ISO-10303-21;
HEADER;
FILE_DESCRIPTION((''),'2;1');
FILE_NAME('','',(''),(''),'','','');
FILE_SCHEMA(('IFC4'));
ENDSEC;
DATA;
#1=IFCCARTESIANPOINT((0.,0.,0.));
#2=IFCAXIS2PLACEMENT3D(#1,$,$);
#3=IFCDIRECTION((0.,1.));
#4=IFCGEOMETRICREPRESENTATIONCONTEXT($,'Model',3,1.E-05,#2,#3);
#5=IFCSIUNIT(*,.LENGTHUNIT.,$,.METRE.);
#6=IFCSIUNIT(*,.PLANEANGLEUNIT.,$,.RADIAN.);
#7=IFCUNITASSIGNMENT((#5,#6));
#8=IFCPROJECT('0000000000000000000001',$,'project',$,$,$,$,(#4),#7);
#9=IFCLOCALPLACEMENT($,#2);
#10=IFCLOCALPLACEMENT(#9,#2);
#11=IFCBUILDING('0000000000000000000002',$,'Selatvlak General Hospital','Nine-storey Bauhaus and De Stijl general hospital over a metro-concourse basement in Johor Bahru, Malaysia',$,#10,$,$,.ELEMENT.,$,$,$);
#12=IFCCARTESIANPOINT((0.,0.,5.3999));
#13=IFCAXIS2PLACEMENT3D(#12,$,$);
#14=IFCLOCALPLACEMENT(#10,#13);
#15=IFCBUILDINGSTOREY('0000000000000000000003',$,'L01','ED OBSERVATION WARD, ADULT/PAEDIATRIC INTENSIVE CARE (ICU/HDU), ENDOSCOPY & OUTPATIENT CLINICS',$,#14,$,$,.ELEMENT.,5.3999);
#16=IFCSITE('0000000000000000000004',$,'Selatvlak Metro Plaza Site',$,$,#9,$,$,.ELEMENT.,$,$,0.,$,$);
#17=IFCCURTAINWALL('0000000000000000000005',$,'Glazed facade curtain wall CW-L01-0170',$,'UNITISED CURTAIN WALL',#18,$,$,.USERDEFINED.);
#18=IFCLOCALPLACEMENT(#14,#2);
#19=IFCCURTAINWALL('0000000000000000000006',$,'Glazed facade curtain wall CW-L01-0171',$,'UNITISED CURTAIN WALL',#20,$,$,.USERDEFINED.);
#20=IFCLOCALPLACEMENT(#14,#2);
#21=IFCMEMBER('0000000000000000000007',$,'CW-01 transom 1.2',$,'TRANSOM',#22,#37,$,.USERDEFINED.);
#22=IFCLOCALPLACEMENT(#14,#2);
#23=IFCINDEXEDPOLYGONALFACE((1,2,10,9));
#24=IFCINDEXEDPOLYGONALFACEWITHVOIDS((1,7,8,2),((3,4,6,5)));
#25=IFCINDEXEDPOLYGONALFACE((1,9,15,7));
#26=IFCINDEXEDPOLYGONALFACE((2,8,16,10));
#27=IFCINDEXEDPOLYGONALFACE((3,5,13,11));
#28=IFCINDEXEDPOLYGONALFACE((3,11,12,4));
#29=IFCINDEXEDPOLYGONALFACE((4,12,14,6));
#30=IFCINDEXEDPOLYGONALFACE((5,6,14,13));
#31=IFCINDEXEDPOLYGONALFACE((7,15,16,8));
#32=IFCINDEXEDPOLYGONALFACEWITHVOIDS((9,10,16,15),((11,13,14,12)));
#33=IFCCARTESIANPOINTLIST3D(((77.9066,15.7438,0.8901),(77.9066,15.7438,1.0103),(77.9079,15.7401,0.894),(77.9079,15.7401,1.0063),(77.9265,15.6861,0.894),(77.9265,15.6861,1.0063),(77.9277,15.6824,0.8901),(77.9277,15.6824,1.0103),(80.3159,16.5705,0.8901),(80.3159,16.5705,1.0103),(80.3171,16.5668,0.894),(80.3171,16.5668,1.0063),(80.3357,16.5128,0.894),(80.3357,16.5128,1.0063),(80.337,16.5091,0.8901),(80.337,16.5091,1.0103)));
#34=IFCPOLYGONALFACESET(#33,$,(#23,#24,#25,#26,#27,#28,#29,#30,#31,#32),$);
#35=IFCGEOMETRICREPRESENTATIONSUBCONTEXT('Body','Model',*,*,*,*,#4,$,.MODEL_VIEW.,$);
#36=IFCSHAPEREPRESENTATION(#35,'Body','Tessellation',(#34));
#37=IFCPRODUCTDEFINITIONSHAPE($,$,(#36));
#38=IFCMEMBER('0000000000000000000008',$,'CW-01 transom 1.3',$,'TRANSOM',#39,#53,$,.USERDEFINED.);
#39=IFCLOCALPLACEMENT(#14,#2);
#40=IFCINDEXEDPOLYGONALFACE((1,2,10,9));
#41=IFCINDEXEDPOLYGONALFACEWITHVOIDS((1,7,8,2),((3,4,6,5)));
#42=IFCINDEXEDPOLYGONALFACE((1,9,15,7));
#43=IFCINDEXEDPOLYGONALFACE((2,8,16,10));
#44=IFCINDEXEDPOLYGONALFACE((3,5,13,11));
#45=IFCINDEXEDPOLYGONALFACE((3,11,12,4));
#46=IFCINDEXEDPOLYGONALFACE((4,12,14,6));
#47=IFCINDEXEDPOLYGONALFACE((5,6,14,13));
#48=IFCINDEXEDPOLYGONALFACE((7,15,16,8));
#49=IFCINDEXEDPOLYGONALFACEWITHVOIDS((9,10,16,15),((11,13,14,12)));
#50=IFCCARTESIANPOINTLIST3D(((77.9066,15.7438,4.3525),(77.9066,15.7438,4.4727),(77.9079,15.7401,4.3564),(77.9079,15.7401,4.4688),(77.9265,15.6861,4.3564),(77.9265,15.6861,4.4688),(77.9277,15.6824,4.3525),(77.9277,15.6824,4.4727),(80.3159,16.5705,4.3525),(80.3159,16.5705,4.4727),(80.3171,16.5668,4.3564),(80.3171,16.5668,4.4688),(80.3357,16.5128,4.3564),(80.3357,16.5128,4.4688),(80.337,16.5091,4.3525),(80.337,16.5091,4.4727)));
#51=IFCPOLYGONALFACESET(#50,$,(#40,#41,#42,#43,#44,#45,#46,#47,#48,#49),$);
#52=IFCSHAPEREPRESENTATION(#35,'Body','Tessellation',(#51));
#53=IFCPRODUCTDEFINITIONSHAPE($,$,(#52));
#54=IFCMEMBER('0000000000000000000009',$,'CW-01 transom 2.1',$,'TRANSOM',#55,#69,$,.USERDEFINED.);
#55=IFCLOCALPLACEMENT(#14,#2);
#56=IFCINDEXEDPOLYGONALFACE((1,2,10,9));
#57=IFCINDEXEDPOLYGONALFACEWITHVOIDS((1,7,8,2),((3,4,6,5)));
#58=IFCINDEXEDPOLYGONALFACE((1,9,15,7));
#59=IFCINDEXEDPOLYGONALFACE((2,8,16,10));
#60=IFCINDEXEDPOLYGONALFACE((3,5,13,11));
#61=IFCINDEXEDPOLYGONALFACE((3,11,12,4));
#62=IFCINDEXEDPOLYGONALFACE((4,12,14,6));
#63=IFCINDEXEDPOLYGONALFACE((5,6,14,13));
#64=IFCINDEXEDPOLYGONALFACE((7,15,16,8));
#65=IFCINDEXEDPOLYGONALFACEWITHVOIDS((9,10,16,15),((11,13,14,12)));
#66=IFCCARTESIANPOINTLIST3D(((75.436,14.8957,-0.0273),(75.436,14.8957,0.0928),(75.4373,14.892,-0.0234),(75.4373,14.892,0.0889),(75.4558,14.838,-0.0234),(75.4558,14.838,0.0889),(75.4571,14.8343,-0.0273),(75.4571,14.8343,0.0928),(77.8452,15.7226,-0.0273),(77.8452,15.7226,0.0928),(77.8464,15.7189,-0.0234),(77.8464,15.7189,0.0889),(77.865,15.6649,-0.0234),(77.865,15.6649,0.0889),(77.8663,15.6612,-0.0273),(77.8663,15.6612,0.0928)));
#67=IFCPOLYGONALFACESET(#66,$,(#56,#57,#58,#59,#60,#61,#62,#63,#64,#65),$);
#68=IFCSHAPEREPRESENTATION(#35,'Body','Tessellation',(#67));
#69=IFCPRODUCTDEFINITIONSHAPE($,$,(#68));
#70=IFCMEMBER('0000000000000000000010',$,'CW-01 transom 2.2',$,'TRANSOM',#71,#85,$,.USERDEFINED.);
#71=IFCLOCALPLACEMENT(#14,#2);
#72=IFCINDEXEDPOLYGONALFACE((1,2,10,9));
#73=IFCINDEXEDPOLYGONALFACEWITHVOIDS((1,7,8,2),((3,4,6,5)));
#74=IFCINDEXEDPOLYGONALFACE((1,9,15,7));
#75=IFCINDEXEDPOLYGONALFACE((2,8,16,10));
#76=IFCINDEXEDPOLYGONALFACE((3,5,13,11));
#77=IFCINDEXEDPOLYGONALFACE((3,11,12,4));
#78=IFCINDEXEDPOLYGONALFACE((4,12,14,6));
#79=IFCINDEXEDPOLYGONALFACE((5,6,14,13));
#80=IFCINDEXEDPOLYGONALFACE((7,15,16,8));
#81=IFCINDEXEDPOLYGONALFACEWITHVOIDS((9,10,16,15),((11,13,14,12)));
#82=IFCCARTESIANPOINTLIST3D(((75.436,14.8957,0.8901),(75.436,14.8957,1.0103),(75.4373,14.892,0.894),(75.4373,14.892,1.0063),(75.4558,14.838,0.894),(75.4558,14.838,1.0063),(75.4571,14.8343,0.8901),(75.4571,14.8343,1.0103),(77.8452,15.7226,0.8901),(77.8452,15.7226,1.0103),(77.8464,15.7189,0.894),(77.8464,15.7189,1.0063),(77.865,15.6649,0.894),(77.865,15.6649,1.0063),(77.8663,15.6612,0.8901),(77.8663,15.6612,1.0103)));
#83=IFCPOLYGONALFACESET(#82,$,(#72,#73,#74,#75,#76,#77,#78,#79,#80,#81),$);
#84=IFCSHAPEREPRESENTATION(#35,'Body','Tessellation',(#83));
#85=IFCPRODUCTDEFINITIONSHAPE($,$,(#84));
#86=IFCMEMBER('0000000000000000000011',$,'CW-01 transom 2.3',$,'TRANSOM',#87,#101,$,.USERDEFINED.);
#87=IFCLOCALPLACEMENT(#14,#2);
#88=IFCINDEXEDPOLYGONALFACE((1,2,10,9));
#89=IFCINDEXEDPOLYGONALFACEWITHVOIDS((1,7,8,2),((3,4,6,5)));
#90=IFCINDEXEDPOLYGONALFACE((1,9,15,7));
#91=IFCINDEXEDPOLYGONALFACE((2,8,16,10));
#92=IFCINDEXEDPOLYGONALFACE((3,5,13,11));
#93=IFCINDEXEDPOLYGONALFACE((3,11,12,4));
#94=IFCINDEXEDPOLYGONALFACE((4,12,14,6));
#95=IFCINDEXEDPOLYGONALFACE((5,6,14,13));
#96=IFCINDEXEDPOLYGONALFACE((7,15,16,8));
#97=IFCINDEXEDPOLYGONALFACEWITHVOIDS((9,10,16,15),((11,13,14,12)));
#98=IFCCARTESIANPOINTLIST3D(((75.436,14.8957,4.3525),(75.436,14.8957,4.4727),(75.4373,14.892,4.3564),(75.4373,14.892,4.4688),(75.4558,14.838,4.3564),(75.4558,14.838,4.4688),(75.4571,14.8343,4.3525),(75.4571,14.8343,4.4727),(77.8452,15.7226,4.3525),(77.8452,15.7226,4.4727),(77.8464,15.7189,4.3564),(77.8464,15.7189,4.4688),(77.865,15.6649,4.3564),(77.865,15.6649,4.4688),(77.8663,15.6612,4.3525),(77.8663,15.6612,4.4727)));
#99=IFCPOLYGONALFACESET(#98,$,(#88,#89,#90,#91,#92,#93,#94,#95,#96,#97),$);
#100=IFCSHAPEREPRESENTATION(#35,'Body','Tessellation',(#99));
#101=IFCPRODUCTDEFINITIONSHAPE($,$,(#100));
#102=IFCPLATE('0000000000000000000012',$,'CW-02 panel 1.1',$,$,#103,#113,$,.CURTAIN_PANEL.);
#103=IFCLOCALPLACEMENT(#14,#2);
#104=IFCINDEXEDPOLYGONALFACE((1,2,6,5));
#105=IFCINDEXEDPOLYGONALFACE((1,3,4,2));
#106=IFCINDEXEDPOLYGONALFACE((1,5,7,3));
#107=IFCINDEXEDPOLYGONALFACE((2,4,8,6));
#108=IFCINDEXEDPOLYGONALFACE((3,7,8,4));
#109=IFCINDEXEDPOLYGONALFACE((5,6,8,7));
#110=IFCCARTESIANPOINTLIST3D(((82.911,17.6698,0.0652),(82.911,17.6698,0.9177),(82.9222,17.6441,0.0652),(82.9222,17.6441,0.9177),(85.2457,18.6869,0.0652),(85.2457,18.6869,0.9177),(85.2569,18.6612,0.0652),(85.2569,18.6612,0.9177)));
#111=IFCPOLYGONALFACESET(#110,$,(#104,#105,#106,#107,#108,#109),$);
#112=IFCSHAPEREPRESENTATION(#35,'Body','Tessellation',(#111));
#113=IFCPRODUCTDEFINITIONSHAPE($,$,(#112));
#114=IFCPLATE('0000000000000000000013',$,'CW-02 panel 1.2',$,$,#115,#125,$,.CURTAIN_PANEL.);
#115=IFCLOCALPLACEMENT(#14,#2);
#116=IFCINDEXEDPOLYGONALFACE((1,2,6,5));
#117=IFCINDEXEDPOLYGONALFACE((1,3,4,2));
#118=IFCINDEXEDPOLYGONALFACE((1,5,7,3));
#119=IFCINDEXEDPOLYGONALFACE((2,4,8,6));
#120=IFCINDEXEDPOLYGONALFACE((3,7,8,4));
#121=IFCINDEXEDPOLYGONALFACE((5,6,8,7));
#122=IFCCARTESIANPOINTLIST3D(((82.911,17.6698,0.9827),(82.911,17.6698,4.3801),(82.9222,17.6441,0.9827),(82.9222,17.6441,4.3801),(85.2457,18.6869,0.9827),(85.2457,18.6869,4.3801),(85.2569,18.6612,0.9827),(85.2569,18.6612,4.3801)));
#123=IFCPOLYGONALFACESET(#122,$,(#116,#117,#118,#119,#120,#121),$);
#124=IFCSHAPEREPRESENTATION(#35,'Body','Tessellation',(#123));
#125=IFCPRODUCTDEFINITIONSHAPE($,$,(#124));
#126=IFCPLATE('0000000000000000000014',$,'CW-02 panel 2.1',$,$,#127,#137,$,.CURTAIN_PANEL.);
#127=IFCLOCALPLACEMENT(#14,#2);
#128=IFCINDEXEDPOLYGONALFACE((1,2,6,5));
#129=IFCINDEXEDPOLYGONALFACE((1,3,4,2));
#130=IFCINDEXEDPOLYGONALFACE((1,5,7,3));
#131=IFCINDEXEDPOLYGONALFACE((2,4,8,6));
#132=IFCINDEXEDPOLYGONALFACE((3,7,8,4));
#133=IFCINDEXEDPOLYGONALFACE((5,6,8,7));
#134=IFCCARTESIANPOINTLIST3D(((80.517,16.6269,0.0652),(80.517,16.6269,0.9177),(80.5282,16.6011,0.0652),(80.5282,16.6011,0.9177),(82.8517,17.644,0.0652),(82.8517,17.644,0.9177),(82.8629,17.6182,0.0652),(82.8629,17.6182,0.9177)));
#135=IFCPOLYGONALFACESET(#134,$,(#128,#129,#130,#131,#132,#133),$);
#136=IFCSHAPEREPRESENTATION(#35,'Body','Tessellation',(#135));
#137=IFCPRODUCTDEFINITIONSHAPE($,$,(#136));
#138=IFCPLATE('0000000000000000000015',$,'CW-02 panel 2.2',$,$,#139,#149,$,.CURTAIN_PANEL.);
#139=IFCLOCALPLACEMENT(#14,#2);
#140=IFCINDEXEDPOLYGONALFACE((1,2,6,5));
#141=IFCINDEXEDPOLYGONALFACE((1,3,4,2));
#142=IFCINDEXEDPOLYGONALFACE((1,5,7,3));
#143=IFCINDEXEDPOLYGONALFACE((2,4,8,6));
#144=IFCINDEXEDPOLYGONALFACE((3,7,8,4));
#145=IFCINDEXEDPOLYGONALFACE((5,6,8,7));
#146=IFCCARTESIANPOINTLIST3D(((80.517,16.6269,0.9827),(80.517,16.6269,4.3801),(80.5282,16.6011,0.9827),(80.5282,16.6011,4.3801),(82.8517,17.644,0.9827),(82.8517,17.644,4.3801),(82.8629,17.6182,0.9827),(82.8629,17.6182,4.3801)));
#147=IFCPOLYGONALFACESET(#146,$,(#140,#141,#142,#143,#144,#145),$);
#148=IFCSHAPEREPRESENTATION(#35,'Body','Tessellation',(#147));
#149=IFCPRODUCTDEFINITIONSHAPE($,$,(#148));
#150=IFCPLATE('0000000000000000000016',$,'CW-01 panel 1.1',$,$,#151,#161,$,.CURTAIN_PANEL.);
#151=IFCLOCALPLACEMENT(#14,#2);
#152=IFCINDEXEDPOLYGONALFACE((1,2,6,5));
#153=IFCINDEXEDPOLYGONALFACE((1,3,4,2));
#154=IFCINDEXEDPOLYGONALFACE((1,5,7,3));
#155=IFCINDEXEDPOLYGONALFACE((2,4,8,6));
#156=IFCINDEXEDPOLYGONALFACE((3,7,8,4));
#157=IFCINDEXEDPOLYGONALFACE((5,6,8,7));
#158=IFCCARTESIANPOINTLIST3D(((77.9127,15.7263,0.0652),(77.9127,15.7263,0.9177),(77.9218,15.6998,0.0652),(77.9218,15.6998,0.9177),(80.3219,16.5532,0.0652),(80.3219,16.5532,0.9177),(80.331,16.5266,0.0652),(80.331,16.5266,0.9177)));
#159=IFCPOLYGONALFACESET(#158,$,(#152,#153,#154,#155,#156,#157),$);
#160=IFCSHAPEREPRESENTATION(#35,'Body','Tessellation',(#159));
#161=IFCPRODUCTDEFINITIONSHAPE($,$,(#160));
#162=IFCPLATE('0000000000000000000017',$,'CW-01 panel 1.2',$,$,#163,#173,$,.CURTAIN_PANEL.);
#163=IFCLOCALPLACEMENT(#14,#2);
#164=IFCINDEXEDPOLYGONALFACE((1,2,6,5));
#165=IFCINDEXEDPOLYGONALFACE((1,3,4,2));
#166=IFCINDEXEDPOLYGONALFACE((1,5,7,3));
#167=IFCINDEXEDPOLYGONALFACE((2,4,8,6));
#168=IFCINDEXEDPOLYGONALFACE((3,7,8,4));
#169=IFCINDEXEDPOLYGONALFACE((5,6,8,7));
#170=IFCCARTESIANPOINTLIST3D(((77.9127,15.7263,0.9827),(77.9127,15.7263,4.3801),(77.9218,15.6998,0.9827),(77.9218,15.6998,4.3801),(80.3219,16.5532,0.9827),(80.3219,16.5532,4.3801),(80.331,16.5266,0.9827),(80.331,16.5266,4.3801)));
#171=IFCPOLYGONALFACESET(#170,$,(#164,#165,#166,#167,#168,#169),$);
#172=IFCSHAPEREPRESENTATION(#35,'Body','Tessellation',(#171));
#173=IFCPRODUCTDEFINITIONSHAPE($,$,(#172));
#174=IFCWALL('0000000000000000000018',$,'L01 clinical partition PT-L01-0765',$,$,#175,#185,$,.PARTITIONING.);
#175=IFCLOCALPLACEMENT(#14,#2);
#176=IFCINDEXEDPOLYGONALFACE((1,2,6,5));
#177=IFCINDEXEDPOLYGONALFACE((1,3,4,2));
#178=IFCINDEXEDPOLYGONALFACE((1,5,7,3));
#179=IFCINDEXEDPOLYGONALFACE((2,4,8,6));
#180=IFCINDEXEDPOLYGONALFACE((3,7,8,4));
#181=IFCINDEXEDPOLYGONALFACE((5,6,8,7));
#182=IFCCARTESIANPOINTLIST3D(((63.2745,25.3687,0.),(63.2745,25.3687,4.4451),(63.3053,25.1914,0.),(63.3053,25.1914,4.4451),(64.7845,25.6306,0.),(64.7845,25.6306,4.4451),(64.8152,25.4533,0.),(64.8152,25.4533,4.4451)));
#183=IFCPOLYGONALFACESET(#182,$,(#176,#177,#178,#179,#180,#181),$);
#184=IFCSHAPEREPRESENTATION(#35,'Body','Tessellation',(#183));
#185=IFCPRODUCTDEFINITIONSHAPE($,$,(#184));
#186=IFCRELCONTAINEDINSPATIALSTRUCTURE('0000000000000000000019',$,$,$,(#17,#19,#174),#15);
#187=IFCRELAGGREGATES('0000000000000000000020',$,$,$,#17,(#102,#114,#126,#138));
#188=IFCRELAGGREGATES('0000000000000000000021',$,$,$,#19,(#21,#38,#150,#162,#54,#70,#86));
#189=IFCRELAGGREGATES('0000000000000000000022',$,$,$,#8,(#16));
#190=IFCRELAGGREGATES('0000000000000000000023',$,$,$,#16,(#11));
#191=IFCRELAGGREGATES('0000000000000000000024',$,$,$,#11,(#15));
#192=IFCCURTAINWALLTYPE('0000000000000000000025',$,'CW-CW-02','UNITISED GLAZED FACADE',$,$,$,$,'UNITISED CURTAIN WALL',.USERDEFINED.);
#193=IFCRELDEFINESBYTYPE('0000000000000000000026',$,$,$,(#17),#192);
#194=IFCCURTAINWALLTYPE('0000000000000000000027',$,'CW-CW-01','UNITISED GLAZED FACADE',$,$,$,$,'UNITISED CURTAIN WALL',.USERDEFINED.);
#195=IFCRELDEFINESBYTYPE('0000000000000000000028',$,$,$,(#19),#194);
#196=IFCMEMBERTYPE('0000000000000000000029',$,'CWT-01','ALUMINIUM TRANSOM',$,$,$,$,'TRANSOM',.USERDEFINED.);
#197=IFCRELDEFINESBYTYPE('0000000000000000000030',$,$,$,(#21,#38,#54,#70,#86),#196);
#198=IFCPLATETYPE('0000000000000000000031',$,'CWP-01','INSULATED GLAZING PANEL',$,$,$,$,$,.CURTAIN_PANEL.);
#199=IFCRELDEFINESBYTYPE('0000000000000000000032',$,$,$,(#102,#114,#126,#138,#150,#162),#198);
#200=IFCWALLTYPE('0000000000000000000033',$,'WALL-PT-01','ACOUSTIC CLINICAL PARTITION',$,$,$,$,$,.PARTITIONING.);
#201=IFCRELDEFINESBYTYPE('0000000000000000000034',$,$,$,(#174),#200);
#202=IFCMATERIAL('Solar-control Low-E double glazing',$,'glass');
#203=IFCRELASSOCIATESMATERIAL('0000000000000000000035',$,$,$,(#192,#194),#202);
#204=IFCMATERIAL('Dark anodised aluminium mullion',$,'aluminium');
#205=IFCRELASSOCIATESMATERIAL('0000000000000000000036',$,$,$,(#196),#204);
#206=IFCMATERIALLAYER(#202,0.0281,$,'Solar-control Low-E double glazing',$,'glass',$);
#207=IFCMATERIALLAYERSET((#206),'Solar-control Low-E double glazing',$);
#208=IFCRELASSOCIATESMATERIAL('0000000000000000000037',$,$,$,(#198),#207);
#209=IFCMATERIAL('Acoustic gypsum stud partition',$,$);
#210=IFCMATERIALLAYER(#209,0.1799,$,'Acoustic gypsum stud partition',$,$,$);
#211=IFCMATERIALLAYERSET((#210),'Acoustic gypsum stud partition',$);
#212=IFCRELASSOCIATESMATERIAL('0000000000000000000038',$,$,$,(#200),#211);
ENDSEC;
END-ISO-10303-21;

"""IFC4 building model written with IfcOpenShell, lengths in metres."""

from ifc_helpers import new_model, si_unit, direction, frame, frame_2d, origin, origin_2d, place, context, subcontext, project, spatial, rectangle, hollow_rectangle, extrude, material, layer, layer_set, material_profile, profile_set, type_object, element, aggregate, save


model = new_model("IFC4")

# Units and contexts
model_context = context("Model", 3, precision=1e-05, world=origin(), true_north=direction((0.0, 1.0)))
body_context = subcontext(model_context, "Body", "Model", "MODEL_VIEW")
ifc_project = project(units=[si_unit("LENGTHUNIT", "METRE"), si_unit("PLANEANGLEUNIT", "RADIAN")], contexts=[model_context])

# Site, building, storey
site_placement = place(None, origin())
site = spatial("IfcSite", under=ifc_project, at=site_placement, Name="Selatvlak Metro Plaza Site", CompositionType="ELEMENT", RefElevation=0.0)
building_placement = place(site_placement, origin())
building = spatial("IfcBuilding", under=site, at=building_placement, Name="Selatvlak General Hospital", Description="Nine-storey Bauhaus and De Stijl general hospital over a metro-concourse basement in Johor Bahru, Malaysia", CompositionType="ELEMENT")
storey_placement = place(building_placement, frame((0.0, 0.0, 5.3999)))
storey = spatial("IfcBuildingStorey", under=building, at=storey_placement, Name="L01", Description="ED OBSERVATION WARD, ADULT/PAEDIATRIC INTENSIVE CARE (ICU/HDU), ENDOSCOPY & OUTPATIENT CLINICS", CompositionType="ELEMENT", Elevation=5.3999)

# Curtain walls
ifc_material_1 = material(Name="Solar-control Low-E double glazing", Category="glass")
curtain_wall_type_1 = type_object("IfcCurtainWallType", Name="CW-CW-02", Description="UNITISED GLAZED FACADE", ElementType="UNITISED CURTAIN WALL", PredefinedType="USERDEFINED", material=ifc_material_1)
curtain_wall_1_placement = place(storey_placement, origin())
curtain_wall_1 = element("IfcCurtainWall", 1, at=curtain_wall_1_placement, inside=storey, type_object=curtain_wall_type_1, Name="Glazed facade curtain wall CW-L01-0170", ObjectType="UNITISED CURTAIN WALL", PredefinedType="USERDEFINED")
ifc_material_2 = material(Name="Dark anodised aluminium mullion", Category="aluminium")
curtain_wall_type_2 = type_object("IfcCurtainWallType", Name="CW-CW-01", Description="UNITISED GLAZED FACADE", ElementType="UNITISED CURTAIN WALL", PredefinedType="USERDEFINED", material=ifc_material_1)
curtain_wall_2_placement = place(storey_placement, origin())
curtain_wall_2 = element("IfcCurtainWall", 2, at=curtain_wall_2_placement, inside=storey, type_object=curtain_wall_type_2, Name="Glazed facade curtain wall CW-L01-0171", ObjectType="UNITISED CURTAIN WALL", PredefinedType="USERDEFINED")

# Members
ifc_material_profile_1 = material_profile(ifc_material_2, hollow_rectangle(XDim=0.0649, YDim=0.1201, WallThickness=0.0039, at=origin_2d()), Name="AL-TRN 65x120x4")
ifc_profile_set_1 = profile_set([ifc_material_profile_1], Name="Dark anodised aluminium mullion")
member_type_1 = type_object("IfcMemberType", Name="CWT-01", Description="ALUMINIUM TRANSOM", ElementType="TRANSOM", PredefinedType="USERDEFINED", material=ifc_profile_set_1)
member_1_placement = place(storey_placement, frame((80.3264, 16.5398, 0.9502), z_axis=(-0.945867, -0.324555, 0.0), x_axis=(0.324555, -0.945867, 0.0)))
member_1 = element("IfcMember", 3, at=member_1_placement, type_object=member_type_1, Name="CW-01 transom 1.2", ObjectType="TRANSOM", PredefinedType="USERDEFINED", context=body_context, shape_type="SweptSolid", body=[
    extrude(hollow_rectangle(XDim=0.0649, YDim=0.1201, WallThickness=0.0039, at=origin_2d()), origin(), (0.0, 0.0, 1.0), 2.5471),
])
member_2_placement = place(storey_placement, frame((80.3264, 16.5398, 4.4126), z_axis=(-0.945867, -0.324555, 0.0), x_axis=(0.324555, -0.945867, 0.0)))
member_2 = element("IfcMember", 4, at=member_2_placement, type_object=member_type_1, Name="CW-01 transom 1.3", ObjectType="TRANSOM", PredefinedType="USERDEFINED", context=body_context, shape_type="SweptSolid", body=[
    extrude(hollow_rectangle(XDim=0.0649, YDim=0.1201, WallThickness=0.0039, at=origin_2d()), origin(), (0.0, 0.0, 1.0), 2.5471),
])
member_3_placement = place(storey_placement, frame((77.8557, 15.6919, 0.0327), z_axis=(-0.945838, -0.32464, 0.0), x_axis=(0.32464, -0.945838, 0.0)))
member_3 = element("IfcMember", 5, at=member_3_placement, type_object=member_type_1, Name="CW-01 transom 2.1", ObjectType="TRANSOM", PredefinedType="USERDEFINED", context=body_context, shape_type="SweptSolid", body=[
    extrude(hollow_rectangle(XDim=0.0649, YDim=0.1201, WallThickness=0.0039, at=origin_2d()), origin(), (0.0, 0.0, 1.0), 2.5471),
])
member_4_placement = place(storey_placement, frame((77.8557, 15.6919, 0.9502), z_axis=(-0.945838, -0.32464, 0.0), x_axis=(0.32464, -0.945838, 0.0)))
member_4 = element("IfcMember", 6, at=member_4_placement, type_object=member_type_1, Name="CW-01 transom 2.2", ObjectType="TRANSOM", PredefinedType="USERDEFINED", context=body_context, shape_type="SweptSolid", body=[
    extrude(hollow_rectangle(XDim=0.0649, YDim=0.1201, WallThickness=0.0039, at=origin_2d()), origin(), (0.0, 0.0, 1.0), 2.5471),
])
member_5_placement = place(storey_placement, frame((77.8557, 15.6919, 4.4126), z_axis=(-0.945838, -0.32464, 0.0), x_axis=(0.32464, -0.945838, 0.0)))
member_5 = element("IfcMember", 7, at=member_5_placement, type_object=member_type_1, Name="CW-01 transom 2.3", ObjectType="TRANSOM", PredefinedType="USERDEFINED", context=body_context, shape_type="SweptSolid", body=[
    extrude(hollow_rectangle(XDim=0.0649, YDim=0.1201, WallThickness=0.0039, at=origin_2d()), origin(), (0.0, 0.0, 1.0), 2.5471),
])

# Plates
ifc_layer_1 = layer(ifc_material_1, 0.0281, Name="Solar-control Low-E double glazing", Category="glass")
ifc_layer_set_1 = layer_set([ifc_layer_1], Name="Solar-control Low-E double glazing")
plate_type = type_object("IfcPlateType", Name="CWP-01", Description="INSULATED GLAZING PANEL", PredefinedType="CURTAIN_PANEL", material=ifc_layer_set_1)
plate_1_placement = place(storey_placement, frame((84.084, 18.1655, 0.0652), z_axis=(0.0, 0.0, 1.0), x_axis=(-0.916781, -0.39939, 0.0)))
plate_1 = element("IfcPlate", 8, at=plate_1_placement, type_object=plate_type, Name="CW-02 panel 1.1", PredefinedType="CURTAIN_PANEL", context=body_context, shape_type="SweptSolid", body=[
    extrude(rectangle(XDim=2.5466, YDim=0.0281, at=origin_2d()), origin(), (0.0, 0.0, 1.0), 0.8525),
])
plate_2_placement = place(storey_placement, frame((84.084, 18.1655, 0.9827), z_axis=(0.0, 0.0, 1.0), x_axis=(-0.916781, -0.39939, 0.0)))
plate_2 = element("IfcPlate", 9, at=plate_2_placement, type_object=plate_type, Name="CW-02 panel 1.2", PredefinedType="CURTAIN_PANEL", context=body_context, shape_type="SweptSolid", body=[
    extrude(rectangle(XDim=2.5466, YDim=0.0281, at=origin_2d()), origin(), (0.0, 0.0, 1.0), 3.3975),
])
plate_3_placement = place(storey_placement, frame((81.6899, 17.1226, 0.0652), z_axis=(0.0, 0.0, 1.0), x_axis=(-0.916781, -0.39939, 0.0)))
plate_3 = element("IfcPlate", 10, at=plate_3_placement, type_object=plate_type, Name="CW-02 panel 2.1", PredefinedType="CURTAIN_PANEL", context=body_context, shape_type="SweptSolid", body=[
    extrude(rectangle(XDim=2.5466, YDim=0.0281, at=origin_2d()), origin(), (0.0, 0.0, 1.0), 0.8525),
])
plate_4_placement = place(storey_placement, frame((81.6899, 17.1226, 0.9827), z_axis=(0.0, 0.0, 1.0), x_axis=(-0.916781, -0.39939, 0.0)))
plate_4 = element("IfcPlate", 11, at=plate_4_placement, type_object=plate_type, Name="CW-02 panel 2.2", PredefinedType="CURTAIN_PANEL", context=body_context, shape_type="SweptSolid", body=[
    extrude(rectangle(XDim=2.5466, YDim=0.0281, at=origin_2d()), origin(), (0.0, 0.0, 1.0), 3.3975),
])
aggregate(curtain_wall_1, [plate_1, plate_2, plate_3, plate_4])
plate_5_placement = place(storey_placement, frame((79.1218, 16.1265, 0.0652), z_axis=(0.0, 0.0, 1.0), x_axis=(-0.945848, -0.324609, 0.0)))
plate_5 = element("IfcPlate", 12, at=plate_5_placement, type_object=plate_type, Name="CW-01 panel 1.1", PredefinedType="CURTAIN_PANEL", context=body_context, shape_type="SweptSolid", body=[
    extrude(rectangle(XDim=2.5471, YDim=0.0281, at=origin_2d()), origin(), (0.0, 0.0, 1.0), 0.8525),
])
plate_6_placement = place(storey_placement, frame((79.1218, 16.1265, 0.9827), z_axis=(0.0, 0.0, 1.0), x_axis=(-0.945848, -0.324609, 0.0)))
plate_6 = element("IfcPlate", 13, at=plate_6_placement, type_object=plate_type, Name="CW-01 panel 1.2", PredefinedType="CURTAIN_PANEL", context=body_context, shape_type="SweptSolid", body=[
    extrude(rectangle(XDim=2.5471, YDim=0.0281, at=origin_2d()), origin(), (0.0, 0.0, 1.0), 3.3975),
])
aggregate(curtain_wall_2, [member_1, member_2, plate_5, plate_6, member_3, member_4, member_5])

# Wall
ifc_material_3 = material(Name="Acoustic gypsum stud partition")
ifc_layer_2 = layer(ifc_material_3, 0.1799, Name="Acoustic gypsum stud partition")
ifc_layer_set_2 = layer_set([ifc_layer_2], Name="Acoustic gypsum stud partition")
wall_type_1 = type_object("IfcWallType", Name="WALL-PT-01", Description="ACOUSTIC CLINICAL PARTITION", PredefinedType="PARTITIONING", material=ifc_layer_set_2)
wall_1_placement = place(storey_placement, frame((63.29, 25.28, 0.0), z_axis=(0.0, 0.0, 1.0), x_axis=(0.985283, 0.170931, 0.0)))
element("IfcWall", 14, at=wall_1_placement, inside=storey, type_object=wall_type_1, Name="L01 clinical partition PT-L01-0765", PredefinedType="PARTITIONING", context=body_context, shape_type="SweptSolid", body=[
    extrude(rectangle(XDim=1.5325, YDim=0.1799, at=frame_2d((0.7661, 0.0))), origin(), (0.0, 0.0, 1.0), 4.4451),
])

save(model, "model.ifc")
